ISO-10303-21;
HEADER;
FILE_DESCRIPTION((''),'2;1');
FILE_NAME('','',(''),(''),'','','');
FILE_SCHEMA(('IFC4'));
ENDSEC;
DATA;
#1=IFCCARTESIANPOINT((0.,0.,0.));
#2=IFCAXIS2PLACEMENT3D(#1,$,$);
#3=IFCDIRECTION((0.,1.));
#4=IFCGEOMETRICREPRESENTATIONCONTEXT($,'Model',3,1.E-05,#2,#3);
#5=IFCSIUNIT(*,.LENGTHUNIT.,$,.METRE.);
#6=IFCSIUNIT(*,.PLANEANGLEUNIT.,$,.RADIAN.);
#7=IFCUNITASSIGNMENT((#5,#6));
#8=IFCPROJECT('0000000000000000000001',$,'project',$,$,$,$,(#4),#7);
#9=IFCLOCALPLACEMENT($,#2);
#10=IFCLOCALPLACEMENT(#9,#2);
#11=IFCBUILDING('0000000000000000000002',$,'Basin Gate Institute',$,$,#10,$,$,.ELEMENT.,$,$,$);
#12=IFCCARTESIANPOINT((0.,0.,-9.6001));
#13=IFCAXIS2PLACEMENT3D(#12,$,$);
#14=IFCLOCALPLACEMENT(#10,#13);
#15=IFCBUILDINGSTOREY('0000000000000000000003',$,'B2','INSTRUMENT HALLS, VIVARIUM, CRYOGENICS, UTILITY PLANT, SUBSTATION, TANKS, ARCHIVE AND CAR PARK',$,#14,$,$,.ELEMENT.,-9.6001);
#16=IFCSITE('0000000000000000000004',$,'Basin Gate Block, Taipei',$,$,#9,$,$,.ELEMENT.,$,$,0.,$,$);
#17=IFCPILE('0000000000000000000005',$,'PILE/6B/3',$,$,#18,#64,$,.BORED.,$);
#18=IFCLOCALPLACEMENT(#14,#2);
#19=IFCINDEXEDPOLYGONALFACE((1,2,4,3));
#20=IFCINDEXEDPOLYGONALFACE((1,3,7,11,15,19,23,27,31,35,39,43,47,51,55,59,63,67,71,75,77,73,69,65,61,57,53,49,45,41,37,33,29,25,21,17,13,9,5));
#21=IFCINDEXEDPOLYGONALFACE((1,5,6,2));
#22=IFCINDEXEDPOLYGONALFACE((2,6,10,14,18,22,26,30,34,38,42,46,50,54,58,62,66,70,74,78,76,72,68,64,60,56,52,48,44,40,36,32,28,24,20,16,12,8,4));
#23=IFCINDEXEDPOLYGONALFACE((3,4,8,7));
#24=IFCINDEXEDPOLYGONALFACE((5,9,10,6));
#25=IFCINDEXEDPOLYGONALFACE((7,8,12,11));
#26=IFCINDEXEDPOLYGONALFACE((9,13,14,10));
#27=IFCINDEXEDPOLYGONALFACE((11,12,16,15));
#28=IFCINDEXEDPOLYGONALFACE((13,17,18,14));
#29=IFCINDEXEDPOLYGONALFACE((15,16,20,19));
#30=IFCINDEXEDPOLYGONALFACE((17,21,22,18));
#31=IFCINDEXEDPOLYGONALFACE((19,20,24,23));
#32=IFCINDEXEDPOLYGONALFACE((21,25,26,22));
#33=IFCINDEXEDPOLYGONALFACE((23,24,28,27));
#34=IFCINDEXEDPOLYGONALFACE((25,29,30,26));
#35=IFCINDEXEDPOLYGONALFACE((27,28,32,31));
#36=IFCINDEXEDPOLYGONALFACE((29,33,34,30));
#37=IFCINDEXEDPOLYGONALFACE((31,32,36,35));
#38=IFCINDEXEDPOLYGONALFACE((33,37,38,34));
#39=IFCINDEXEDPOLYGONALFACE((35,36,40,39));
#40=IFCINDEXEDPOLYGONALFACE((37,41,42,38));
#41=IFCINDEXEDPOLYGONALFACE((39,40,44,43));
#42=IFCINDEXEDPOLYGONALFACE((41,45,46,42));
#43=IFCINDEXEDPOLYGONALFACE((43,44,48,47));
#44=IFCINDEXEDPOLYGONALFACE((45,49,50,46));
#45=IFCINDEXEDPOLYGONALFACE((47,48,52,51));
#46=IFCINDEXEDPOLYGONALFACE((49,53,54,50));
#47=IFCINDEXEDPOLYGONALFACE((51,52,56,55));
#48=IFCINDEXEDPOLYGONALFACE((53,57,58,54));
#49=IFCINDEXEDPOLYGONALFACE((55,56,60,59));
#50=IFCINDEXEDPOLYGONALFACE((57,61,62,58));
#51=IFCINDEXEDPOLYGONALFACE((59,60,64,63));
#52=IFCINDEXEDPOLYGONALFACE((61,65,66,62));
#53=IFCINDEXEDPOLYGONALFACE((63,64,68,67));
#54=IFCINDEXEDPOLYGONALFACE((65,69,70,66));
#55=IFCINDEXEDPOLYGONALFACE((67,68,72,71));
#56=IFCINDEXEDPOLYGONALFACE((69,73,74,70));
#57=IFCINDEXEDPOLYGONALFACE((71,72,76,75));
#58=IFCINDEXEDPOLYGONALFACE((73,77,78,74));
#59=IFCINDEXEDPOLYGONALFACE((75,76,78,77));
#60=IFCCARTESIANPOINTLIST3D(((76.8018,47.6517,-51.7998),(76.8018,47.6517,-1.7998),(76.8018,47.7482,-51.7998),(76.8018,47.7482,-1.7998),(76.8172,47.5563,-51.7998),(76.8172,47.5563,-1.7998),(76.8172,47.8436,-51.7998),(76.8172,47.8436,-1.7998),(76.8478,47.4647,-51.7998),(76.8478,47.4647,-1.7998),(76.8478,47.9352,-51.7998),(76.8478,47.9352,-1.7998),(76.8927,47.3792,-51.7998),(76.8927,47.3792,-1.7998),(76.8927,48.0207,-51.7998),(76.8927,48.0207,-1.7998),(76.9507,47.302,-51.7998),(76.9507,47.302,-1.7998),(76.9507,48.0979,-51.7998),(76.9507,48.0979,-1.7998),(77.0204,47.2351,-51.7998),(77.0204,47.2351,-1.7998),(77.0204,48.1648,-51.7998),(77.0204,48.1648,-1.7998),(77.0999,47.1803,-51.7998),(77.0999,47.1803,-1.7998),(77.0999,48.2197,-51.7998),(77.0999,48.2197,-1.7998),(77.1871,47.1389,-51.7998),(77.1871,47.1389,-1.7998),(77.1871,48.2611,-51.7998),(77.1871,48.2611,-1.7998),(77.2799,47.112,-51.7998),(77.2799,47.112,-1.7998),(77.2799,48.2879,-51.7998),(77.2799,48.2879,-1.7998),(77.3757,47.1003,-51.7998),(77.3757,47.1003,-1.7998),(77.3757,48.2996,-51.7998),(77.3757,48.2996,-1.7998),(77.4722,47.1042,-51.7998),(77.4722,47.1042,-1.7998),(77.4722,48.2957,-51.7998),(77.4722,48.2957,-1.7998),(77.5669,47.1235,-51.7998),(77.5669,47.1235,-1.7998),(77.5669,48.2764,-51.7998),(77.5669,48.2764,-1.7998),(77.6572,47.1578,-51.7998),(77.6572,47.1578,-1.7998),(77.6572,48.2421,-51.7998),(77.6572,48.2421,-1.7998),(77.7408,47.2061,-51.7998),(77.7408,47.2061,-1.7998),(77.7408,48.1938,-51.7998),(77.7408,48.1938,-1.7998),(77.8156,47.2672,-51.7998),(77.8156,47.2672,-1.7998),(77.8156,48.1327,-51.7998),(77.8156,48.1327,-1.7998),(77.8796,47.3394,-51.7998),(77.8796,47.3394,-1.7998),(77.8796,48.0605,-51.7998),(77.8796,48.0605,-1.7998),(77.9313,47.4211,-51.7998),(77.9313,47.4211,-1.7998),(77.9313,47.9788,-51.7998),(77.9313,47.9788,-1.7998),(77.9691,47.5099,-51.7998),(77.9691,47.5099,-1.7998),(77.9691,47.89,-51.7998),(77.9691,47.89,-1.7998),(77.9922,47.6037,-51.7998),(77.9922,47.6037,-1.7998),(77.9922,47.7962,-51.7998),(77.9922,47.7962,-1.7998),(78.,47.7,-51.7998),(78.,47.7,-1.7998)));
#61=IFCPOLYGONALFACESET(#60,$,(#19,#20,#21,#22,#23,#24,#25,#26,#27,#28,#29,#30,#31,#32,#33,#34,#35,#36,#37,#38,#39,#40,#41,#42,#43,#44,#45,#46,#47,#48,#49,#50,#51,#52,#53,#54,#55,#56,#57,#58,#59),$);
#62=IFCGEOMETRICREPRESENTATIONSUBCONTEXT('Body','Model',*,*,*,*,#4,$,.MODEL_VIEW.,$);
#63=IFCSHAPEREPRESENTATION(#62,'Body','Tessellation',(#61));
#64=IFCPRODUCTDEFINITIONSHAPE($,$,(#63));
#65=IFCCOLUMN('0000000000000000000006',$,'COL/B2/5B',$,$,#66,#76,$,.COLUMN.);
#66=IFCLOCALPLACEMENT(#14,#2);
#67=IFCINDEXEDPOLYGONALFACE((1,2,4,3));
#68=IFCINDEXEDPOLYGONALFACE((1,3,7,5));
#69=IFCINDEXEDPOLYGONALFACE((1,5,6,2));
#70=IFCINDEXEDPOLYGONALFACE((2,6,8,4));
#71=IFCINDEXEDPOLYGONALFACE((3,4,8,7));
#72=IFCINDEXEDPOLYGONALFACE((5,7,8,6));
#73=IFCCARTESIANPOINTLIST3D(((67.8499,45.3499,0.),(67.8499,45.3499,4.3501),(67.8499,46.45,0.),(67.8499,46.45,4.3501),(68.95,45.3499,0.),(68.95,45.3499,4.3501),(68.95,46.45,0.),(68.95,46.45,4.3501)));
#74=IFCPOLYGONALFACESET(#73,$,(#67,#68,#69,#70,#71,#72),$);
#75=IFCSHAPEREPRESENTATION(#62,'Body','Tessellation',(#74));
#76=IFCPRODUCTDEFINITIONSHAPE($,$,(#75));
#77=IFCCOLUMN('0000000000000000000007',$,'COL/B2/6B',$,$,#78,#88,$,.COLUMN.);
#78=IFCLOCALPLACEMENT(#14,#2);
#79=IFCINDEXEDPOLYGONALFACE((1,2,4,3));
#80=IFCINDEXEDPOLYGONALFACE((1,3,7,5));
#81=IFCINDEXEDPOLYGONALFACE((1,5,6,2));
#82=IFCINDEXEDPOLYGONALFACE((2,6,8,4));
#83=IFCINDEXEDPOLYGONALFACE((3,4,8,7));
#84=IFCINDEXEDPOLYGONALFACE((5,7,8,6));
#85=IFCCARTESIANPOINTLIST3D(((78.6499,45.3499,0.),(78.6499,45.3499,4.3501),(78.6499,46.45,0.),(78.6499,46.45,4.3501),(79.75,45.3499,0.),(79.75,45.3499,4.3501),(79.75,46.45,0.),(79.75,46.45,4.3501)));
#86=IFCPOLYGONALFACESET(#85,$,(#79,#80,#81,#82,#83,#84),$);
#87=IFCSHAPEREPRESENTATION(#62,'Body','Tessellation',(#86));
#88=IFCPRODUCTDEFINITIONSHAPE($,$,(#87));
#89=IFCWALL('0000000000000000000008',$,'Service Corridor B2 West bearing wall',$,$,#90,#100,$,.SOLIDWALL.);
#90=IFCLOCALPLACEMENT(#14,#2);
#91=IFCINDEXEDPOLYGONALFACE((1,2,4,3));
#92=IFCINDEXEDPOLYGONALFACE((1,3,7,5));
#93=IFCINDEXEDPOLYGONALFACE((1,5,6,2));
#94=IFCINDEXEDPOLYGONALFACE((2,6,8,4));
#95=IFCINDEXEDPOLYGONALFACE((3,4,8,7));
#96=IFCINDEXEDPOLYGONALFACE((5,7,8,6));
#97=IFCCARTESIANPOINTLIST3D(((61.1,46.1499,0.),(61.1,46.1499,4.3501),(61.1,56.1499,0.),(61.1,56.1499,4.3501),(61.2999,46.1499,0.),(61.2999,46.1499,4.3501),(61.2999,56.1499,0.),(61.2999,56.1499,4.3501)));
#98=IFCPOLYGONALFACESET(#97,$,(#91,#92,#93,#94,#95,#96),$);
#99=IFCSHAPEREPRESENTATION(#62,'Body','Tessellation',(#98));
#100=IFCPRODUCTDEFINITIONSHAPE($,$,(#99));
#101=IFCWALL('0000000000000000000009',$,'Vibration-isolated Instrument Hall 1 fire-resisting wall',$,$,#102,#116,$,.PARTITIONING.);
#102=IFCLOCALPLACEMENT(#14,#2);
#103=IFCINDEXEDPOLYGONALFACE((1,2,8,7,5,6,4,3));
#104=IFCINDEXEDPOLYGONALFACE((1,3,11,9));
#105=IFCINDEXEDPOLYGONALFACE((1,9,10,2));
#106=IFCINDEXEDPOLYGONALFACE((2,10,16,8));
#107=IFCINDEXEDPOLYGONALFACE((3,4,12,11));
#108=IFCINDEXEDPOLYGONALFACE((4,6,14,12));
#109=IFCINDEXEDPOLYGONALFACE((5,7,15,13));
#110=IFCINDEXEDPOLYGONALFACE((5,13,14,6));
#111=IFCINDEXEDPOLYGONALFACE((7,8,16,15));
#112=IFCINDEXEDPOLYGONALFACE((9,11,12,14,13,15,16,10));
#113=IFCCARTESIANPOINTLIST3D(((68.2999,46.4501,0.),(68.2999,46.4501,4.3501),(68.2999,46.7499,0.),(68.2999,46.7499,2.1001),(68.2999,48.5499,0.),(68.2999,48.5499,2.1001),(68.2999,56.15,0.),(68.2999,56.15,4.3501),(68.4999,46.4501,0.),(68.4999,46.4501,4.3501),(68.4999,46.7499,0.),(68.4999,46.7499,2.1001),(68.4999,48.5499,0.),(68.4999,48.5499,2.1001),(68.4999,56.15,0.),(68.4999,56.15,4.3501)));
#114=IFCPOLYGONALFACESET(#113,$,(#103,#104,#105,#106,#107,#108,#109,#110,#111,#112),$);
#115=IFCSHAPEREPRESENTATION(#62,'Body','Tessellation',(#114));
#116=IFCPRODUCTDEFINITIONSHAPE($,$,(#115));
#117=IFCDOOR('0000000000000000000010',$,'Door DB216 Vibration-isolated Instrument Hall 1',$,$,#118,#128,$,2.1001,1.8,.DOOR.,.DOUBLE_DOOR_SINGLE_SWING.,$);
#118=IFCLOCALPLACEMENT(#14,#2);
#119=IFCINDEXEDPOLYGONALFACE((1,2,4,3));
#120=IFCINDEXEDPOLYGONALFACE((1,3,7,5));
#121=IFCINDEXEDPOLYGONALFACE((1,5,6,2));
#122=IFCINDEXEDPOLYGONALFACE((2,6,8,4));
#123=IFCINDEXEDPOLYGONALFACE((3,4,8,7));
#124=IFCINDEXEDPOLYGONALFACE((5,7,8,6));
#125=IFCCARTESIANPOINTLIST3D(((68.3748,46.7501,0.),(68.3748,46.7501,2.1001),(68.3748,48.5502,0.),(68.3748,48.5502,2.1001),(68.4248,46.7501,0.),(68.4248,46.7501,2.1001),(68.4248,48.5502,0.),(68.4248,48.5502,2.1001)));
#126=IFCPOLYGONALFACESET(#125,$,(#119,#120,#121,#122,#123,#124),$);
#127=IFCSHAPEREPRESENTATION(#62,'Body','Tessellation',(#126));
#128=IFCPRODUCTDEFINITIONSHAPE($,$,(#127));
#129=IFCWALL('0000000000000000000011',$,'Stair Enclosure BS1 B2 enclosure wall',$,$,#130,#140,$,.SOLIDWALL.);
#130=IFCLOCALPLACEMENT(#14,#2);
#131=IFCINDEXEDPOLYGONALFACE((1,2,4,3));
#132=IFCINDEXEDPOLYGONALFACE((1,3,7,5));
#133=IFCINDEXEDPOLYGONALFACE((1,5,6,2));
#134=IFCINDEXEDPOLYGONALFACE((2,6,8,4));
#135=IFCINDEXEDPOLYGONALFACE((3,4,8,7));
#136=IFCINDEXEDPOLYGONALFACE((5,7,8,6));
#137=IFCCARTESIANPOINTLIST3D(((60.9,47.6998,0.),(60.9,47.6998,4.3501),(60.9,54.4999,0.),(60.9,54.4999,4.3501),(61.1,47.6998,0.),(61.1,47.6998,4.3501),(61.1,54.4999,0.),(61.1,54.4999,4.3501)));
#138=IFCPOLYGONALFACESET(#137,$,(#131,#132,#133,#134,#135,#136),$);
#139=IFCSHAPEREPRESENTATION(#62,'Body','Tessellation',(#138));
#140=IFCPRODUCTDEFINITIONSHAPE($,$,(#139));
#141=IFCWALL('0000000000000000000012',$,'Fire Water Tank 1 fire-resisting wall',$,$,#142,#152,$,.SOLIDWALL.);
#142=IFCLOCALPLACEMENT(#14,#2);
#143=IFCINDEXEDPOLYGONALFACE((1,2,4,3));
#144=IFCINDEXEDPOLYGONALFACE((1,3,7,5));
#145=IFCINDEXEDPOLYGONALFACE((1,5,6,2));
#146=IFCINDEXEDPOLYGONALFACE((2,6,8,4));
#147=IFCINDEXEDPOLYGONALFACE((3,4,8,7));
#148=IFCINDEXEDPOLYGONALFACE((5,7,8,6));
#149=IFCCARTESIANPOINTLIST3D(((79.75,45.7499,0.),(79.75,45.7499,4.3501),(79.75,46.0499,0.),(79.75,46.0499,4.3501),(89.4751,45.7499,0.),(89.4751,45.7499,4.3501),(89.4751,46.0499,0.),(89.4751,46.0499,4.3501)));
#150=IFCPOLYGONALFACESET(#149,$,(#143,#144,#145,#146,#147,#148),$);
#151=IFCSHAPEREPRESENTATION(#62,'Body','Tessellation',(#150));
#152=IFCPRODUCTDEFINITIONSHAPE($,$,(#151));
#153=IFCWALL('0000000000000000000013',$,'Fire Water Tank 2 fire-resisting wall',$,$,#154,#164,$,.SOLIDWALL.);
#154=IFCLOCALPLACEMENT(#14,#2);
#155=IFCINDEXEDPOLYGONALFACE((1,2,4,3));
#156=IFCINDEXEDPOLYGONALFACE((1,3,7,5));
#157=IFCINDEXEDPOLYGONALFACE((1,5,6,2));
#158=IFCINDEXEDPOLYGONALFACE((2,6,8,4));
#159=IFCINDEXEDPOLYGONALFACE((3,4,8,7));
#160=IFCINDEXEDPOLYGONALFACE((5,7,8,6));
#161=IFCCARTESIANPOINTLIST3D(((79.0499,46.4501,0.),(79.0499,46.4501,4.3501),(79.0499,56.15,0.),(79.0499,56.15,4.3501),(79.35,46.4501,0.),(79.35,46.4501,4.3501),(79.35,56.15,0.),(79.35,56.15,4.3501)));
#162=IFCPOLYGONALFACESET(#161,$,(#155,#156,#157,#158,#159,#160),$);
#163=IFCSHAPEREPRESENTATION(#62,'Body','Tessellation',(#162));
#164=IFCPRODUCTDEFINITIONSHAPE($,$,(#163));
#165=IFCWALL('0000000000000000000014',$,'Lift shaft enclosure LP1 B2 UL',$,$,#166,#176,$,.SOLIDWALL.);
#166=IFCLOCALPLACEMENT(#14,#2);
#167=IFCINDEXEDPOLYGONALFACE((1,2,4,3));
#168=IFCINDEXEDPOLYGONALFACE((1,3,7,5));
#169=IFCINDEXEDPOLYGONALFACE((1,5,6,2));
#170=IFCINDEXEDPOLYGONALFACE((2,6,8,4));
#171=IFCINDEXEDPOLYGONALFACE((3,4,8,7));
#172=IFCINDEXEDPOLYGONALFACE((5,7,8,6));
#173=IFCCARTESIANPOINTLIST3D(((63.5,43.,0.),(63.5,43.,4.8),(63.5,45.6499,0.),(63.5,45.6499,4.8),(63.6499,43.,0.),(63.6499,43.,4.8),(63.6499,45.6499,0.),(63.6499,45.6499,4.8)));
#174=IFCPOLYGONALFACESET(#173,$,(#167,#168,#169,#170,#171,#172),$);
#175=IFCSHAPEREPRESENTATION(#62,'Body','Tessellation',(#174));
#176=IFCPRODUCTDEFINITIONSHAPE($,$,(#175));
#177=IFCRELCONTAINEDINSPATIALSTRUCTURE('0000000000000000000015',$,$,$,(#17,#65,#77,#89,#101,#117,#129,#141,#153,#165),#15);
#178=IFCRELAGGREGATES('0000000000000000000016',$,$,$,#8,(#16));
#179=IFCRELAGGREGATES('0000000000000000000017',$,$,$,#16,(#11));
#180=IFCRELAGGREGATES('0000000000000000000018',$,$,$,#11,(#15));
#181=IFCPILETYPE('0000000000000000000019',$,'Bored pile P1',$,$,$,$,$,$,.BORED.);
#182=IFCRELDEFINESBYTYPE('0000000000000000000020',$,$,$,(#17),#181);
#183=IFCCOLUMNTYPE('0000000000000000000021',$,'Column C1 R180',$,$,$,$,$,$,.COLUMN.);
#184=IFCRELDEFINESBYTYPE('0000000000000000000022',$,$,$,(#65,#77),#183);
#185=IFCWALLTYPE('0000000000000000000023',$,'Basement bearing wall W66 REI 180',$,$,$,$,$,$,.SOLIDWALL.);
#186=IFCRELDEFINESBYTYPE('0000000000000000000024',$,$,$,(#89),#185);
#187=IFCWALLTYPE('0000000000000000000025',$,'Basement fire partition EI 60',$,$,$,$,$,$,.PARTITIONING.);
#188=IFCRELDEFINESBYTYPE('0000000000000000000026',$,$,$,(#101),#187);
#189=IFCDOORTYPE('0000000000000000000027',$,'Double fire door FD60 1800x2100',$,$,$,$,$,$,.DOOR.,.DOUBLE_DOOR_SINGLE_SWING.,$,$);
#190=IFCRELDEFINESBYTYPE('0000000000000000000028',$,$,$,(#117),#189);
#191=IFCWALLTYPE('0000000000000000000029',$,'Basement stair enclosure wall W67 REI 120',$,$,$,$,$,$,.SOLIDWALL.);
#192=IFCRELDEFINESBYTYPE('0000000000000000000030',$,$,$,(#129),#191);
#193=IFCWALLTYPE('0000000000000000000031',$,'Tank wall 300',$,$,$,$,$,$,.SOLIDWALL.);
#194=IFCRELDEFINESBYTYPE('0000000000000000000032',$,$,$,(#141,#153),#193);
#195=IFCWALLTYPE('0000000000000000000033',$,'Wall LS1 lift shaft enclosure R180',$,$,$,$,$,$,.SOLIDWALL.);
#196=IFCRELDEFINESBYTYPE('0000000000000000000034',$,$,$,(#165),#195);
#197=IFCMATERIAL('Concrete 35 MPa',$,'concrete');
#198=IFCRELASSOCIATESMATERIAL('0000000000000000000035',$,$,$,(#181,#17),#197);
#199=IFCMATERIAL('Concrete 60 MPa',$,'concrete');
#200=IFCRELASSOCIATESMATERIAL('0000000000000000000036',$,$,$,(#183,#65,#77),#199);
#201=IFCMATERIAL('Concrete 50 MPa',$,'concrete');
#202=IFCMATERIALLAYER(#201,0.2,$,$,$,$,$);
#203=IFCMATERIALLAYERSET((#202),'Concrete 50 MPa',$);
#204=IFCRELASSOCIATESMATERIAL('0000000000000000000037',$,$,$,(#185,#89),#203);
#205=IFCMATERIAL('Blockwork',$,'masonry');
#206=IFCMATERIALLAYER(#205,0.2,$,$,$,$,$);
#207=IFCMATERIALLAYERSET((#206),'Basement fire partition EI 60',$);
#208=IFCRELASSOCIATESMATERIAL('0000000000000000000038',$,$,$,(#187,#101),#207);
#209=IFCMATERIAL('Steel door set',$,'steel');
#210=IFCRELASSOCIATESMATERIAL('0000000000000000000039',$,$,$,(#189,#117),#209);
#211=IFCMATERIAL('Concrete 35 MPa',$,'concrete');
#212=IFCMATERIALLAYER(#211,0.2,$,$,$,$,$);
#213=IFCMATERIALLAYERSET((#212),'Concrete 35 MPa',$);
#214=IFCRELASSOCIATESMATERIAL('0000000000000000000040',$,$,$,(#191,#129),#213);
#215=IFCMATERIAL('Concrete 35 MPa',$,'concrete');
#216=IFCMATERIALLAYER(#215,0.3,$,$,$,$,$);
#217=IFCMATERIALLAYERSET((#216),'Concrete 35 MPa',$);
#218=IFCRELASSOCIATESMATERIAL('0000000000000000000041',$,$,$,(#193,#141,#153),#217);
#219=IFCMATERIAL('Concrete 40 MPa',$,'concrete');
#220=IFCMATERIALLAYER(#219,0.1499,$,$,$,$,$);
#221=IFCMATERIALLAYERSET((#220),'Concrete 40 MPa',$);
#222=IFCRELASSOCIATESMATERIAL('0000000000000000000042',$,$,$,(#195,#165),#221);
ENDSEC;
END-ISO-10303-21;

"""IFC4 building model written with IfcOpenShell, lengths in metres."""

from ifc_helpers import new_model, si_unit, direction, frame, frame_2d, origin, origin_2d, place, context, subcontext, project, spatial, rectangle, circle, extrude, material, layer, layer_set, material_profile, profile_set, type_object, element, fill, save


model = new_model("IFC4")

# Units and contexts
model_context = context("Model", 3, precision=1e-05, world=origin(), true_north=direction((0.0, 1.0)))
body_context = subcontext(model_context, "Body", "Model", "MODEL_VIEW")
ifc_project = project(units=[si_unit("LENGTHUNIT", "METRE"), si_unit("PLANEANGLEUNIT", "RADIAN")], contexts=[model_context])

# Site, building, storey
site_placement = place(None, origin())
site = spatial("IfcSite", under=ifc_project, at=site_placement, Name="Basin Gate Block, Taipei", CompositionType="ELEMENT", RefElevation=0.0)
building_placement = place(site_placement, origin())
building = spatial("IfcBuilding", under=site, at=building_placement, Name="Basin Gate Institute", CompositionType="ELEMENT")
storey_placement = place(building_placement, frame((0.0, 0.0, -9.6001)))
storey = spatial("IfcBuildingStorey", under=building, at=storey_placement, Name="B2", Description="INSTRUMENT HALLS, VIVARIUM, CRYOGENICS, UTILITY PLANT, SUBSTATION, TANKS, ARCHIVE AND CAR PARK", CompositionType="ELEMENT", Elevation=-9.6001)

# Pile
ifc_material_1 = material(Name="Concrete 35 MPa", Category="concrete")
ifc_material_profile_1 = material_profile(ifc_material_1, circle(Radius=0.6001, at=origin_2d()), Name="Bored pile P1 1200 dia")
ifc_profile_set_1 = profile_set([ifc_material_profile_1], Name="Concrete 35 MPa")
pile_type = type_object("IfcPileType", Name="Bored pile P1", PredefinedType="BORED", material=ifc_profile_set_1)
for number, where, z_axis, x_axis, name in (
    (1, (77.3999, 47.7, -1.7998), (0.0, 0.0, -1.0), (1.0, 0.0, 0.0), "PILE/6B/3"),
):
    element("IfcPile", number, at=place(storey_placement, frame(where, z_axis=z_axis, x_axis=x_axis)), inside=storey, type_object=pile_type, material=ifc_profile_set_1, Name=name, PredefinedType="BORED", context=body_context, shape_type="SweptSolid", body=[
        extrude(circle(Radius=0.6001, at=origin_2d()), origin(), (0.0, 0.0, 1.0), 50.0),
    ])

# Columns
ifc_material_2 = material(Name="Concrete 60 MPa", Category="concrete")
ifc_material_profile_2 = material_profile(ifc_material_2, rectangle(XDim=1.1001, YDim=1.1001, at=origin_2d()), Name="Column C1 1100 x 1100")
ifc_profile_set_2 = profile_set([ifc_material_profile_2], Name="Concrete 60 MPa")
column_type = type_object("IfcColumnType", Name="Column C1 R180", PredefinedType="COLUMN", material=ifc_profile_set_2)
for number, where, z_axis, x_axis, name in (
    (2, (68.3999, 45.8999, 0.0), (0.0, 0.0, 1.0), (1.0, 0.0, 0.0), "COL/B2/5B"),
    (3, (79.2, 45.8999, 0.0), (0.0, 0.0, 1.0), (1.0, 0.0, 0.0), "COL/B2/6B"),
):
    element("IfcColumn", number, at=place(storey_placement, frame(where, z_axis=z_axis, x_axis=x_axis)), inside=storey, type_object=column_type, material=ifc_profile_set_2, Name=name, PredefinedType="COLUMN", context=body_context, shape_type="SweptSolid", body=[
        extrude(rectangle(XDim=1.1001, YDim=1.1001, at=origin_2d()), origin(), (0.0, 0.0, 1.0), 4.3501),
    ])

# Wall
ifc_material_3 = material(Name="Concrete 50 MPa", Category="concrete")
ifc_layer_1 = layer(ifc_material_3, 0.2)
ifc_layer_set_1 = layer_set([ifc_layer_1], Name="Concrete 50 MPa")
wall_type_1 = type_object("IfcWallType", Name="Basement bearing wall W66 REI 180", PredefinedType="SOLIDWALL", material=ifc_layer_set_1)
wall_1_placement = place(storey_placement, frame((61.2, 46.1499, 0.0), z_axis=(0.0, 0.0, 1.0), x_axis=(0.0, 1.0, 0.0)))
element("IfcWall", 4, at=wall_1_placement, inside=storey, type_object=wall_type_1, material=ifc_layer_set_1, Name="Service Corridor B2 West bearing wall", PredefinedType="SOLIDWALL", context=body_context, shape_type="SweptSolid", body=[
    extrude(rectangle(XDim=10.0, YDim=0.2, at=frame_2d((5.0, 0.0))), origin(), (0.0, 0.0, 1.0), 4.3501),
])

# Wall, opening, door
ifc_material_4 = material(Name="Blockwork", Category="masonry")
ifc_layer_2 = layer(ifc_material_4, 0.2)
ifc_layer_set_2 = layer_set([ifc_layer_2], Name="Basement fire partition EI 60")
wall_type_2 = type_object("IfcWallType", Name="Basement fire partition EI 60", PredefinedType="PARTITIONING", material=ifc_layer_set_2)
wall_2_placement = place(storey_placement, frame((68.3999, 46.45, 0.0), z_axis=(0.0, 0.0, 1.0), x_axis=(0.0, 1.0, 0.0)))
wall_2 = element("IfcWall", 5, at=wall_2_placement, inside=storey, type_object=wall_type_2, material=ifc_layer_set_2, Name="Vibration-isolated Instrument Hall 1 fire-resisting wall", PredefinedType="PARTITIONING", context=body_context, shape_type="SweptSolid", body=[
    extrude(rectangle(XDim=9.7, YDim=0.2, at=frame_2d((4.8501, 0.0))), origin(), (0.0, 0.0, 1.0), 4.3501),
])
opening_placement = place(wall_2_placement, frame((0.3, 0.0, 0.0)))
opening = element("IfcOpeningElement", 6, at=opening_placement, cuts=wall_2, PredefinedType="OPENING", context=body_context, shape_type="SweptSolid", body=[
    extrude(rectangle(XDim=1.8, YDim=2.1001, at=frame_2d((0.8999, 1.05))), frame((0.0, 0.1099, 0.0), z_axis=(0.0, -1.0, 0.0), x_axis=(1.0, 0.0, 0.0)), (0.0, 0.0, 1.0), 0.22),
])
ifc_material_5 = material(Name="Steel door set", Category="steel")
door_type = type_object("IfcDoorType", Name="Double fire door FD60 1800x2100", OperationType="DOUBLE_DOOR_SINGLE_SWING", PredefinedType="DOOR", material=ifc_material_5)
door_placement = place(opening_placement, frame((1.8, 0.0, 0.0), z_axis=(0.0, 0.0, 1.0), x_axis=(-1.0, 0.0, 0.0)))
door = element("IfcDoor", 7, at=door_placement, inside=storey, type_object=door_type, material=ifc_material_5, Name="Door DB216 Vibration-isolated Instrument Hall 1", OperationType="DOUBLE_DOOR_SINGLE_SWING", OverallHeight=2.1001, OverallWidth=1.8, PredefinedType="DOOR", context=body_context, shape_type="SweptSolid", body=[
    extrude(rectangle(XDim=1.8, YDim=2.1001, at=frame_2d((0.8999, 1.05))), frame((0.0, 0.0249, 0.0), z_axis=(0.0, -1.0, 0.0), x_axis=(1.0, 0.0, 0.0)), (0.0, 0.0, 1.0), 0.05),
])
fill(opening, door)

# Walls
ifc_material_6 = material(Name="Concrete 35 MPa", Category="concrete")
ifc_layer_3 = layer(ifc_material_6, 0.2)
ifc_layer_set_3 = layer_set([ifc_layer_3], Name="Concrete 35 MPa")
wall_type_3 = type_object("IfcWallType", Name="Basement stair enclosure wall W67 REI 120", PredefinedType="SOLIDWALL", material=ifc_layer_set_3)
wall_3_placement = place(storey_placement, frame((61.0, 47.7, 0.0), z_axis=(0.0, 0.0, 1.0), x_axis=(0.0, 1.0, 0.0)))
element("IfcWall", 8, at=wall_3_placement, inside=storey, type_object=wall_type_3, material=ifc_layer_set_3, Name="Stair Enclosure BS1 B2 enclosure wall", PredefinedType="SOLIDWALL", context=body_context, shape_type="SweptSolid", body=[
    extrude(rectangle(XDim=6.8, YDim=0.2, at=frame_2d((3.3999, 0.0))), origin(), (0.0, 0.0, 1.0), 4.3501),
])
ifc_material_7 = material(Name="Concrete 35 MPa", Category="concrete")
ifc_layer_4 = layer(ifc_material_7, 0.3)
ifc_layer_set_4 = layer_set([ifc_layer_4], Name="Concrete 35 MPa")
wall_type_4 = type_object("IfcWallType", Name="Tank wall 300", PredefinedType="SOLIDWALL", material=ifc_layer_set_4)
wall_4_placement = place(storey_placement, frame((79.75, 45.8999, 0.0), z_axis=(0.0, 0.0, 1.0), x_axis=(1.0, 0.0, 0.0)))
element("IfcWall", 9, at=wall_4_placement, inside=storey, type_object=wall_type_4, material=ifc_layer_set_4, Name="Fire Water Tank 1 fire-resisting wall", PredefinedType="SOLIDWALL", context=body_context, shape_type="SweptSolid", body=[
    extrude(rectangle(XDim=9.7251, YDim=0.3, at=frame_2d((4.8625, 0.0))), origin(), (0.0, 0.0, 1.0), 4.3501),
])
wall_5_placement = place(storey_placement, frame((79.2, 46.45, 0.0), z_axis=(0.0, 0.0, 1.0), x_axis=(0.0, 1.0, 0.0)))
element("IfcWall", 10, at=wall_5_placement, inside=storey, type_object=wall_type_4, material=ifc_layer_set_4, Name="Fire Water Tank 2 fire-resisting wall", PredefinedType="SOLIDWALL", context=body_context, shape_type="SweptSolid", body=[
    extrude(rectangle(XDim=9.7, YDim=0.3, at=frame_2d((4.8501, 0.0))), origin(), (0.0, 0.0, 1.0), 4.3501),
])
ifc_material_8 = material(Name="Concrete 40 MPa", Category="concrete")
ifc_layer_5 = layer(ifc_material_8, 0.1499)
ifc_layer_set_5 = layer_set([ifc_layer_5], Name="Concrete 40 MPa")
wall_type_5 = type_object("IfcWallType", Name="Wall LS1 lift shaft enclosure R180", PredefinedType="SOLIDWALL", material=ifc_layer_set_5)
wall_6_placement = place(storey_placement, frame((63.575, 43.0, 0.0), z_axis=(0.0, 0.0, 1.0), x_axis=(0.0, 1.0, 0.0)))
element("IfcWall", 11, at=wall_6_placement, inside=storey, type_object=wall_type_5, material=ifc_layer_set_5, Name="Lift shaft enclosure LP1 B2 UL", PredefinedType="SOLIDWALL", context=body_context, shape_type="SweptSolid", body=[
    extrude(rectangle(XDim=2.6499, YDim=0.1499, at=frame_2d((1.325, 0.0))), origin(), (0.0, 0.0, 1.0), 4.8),
])

save(model, "model.ifc")
